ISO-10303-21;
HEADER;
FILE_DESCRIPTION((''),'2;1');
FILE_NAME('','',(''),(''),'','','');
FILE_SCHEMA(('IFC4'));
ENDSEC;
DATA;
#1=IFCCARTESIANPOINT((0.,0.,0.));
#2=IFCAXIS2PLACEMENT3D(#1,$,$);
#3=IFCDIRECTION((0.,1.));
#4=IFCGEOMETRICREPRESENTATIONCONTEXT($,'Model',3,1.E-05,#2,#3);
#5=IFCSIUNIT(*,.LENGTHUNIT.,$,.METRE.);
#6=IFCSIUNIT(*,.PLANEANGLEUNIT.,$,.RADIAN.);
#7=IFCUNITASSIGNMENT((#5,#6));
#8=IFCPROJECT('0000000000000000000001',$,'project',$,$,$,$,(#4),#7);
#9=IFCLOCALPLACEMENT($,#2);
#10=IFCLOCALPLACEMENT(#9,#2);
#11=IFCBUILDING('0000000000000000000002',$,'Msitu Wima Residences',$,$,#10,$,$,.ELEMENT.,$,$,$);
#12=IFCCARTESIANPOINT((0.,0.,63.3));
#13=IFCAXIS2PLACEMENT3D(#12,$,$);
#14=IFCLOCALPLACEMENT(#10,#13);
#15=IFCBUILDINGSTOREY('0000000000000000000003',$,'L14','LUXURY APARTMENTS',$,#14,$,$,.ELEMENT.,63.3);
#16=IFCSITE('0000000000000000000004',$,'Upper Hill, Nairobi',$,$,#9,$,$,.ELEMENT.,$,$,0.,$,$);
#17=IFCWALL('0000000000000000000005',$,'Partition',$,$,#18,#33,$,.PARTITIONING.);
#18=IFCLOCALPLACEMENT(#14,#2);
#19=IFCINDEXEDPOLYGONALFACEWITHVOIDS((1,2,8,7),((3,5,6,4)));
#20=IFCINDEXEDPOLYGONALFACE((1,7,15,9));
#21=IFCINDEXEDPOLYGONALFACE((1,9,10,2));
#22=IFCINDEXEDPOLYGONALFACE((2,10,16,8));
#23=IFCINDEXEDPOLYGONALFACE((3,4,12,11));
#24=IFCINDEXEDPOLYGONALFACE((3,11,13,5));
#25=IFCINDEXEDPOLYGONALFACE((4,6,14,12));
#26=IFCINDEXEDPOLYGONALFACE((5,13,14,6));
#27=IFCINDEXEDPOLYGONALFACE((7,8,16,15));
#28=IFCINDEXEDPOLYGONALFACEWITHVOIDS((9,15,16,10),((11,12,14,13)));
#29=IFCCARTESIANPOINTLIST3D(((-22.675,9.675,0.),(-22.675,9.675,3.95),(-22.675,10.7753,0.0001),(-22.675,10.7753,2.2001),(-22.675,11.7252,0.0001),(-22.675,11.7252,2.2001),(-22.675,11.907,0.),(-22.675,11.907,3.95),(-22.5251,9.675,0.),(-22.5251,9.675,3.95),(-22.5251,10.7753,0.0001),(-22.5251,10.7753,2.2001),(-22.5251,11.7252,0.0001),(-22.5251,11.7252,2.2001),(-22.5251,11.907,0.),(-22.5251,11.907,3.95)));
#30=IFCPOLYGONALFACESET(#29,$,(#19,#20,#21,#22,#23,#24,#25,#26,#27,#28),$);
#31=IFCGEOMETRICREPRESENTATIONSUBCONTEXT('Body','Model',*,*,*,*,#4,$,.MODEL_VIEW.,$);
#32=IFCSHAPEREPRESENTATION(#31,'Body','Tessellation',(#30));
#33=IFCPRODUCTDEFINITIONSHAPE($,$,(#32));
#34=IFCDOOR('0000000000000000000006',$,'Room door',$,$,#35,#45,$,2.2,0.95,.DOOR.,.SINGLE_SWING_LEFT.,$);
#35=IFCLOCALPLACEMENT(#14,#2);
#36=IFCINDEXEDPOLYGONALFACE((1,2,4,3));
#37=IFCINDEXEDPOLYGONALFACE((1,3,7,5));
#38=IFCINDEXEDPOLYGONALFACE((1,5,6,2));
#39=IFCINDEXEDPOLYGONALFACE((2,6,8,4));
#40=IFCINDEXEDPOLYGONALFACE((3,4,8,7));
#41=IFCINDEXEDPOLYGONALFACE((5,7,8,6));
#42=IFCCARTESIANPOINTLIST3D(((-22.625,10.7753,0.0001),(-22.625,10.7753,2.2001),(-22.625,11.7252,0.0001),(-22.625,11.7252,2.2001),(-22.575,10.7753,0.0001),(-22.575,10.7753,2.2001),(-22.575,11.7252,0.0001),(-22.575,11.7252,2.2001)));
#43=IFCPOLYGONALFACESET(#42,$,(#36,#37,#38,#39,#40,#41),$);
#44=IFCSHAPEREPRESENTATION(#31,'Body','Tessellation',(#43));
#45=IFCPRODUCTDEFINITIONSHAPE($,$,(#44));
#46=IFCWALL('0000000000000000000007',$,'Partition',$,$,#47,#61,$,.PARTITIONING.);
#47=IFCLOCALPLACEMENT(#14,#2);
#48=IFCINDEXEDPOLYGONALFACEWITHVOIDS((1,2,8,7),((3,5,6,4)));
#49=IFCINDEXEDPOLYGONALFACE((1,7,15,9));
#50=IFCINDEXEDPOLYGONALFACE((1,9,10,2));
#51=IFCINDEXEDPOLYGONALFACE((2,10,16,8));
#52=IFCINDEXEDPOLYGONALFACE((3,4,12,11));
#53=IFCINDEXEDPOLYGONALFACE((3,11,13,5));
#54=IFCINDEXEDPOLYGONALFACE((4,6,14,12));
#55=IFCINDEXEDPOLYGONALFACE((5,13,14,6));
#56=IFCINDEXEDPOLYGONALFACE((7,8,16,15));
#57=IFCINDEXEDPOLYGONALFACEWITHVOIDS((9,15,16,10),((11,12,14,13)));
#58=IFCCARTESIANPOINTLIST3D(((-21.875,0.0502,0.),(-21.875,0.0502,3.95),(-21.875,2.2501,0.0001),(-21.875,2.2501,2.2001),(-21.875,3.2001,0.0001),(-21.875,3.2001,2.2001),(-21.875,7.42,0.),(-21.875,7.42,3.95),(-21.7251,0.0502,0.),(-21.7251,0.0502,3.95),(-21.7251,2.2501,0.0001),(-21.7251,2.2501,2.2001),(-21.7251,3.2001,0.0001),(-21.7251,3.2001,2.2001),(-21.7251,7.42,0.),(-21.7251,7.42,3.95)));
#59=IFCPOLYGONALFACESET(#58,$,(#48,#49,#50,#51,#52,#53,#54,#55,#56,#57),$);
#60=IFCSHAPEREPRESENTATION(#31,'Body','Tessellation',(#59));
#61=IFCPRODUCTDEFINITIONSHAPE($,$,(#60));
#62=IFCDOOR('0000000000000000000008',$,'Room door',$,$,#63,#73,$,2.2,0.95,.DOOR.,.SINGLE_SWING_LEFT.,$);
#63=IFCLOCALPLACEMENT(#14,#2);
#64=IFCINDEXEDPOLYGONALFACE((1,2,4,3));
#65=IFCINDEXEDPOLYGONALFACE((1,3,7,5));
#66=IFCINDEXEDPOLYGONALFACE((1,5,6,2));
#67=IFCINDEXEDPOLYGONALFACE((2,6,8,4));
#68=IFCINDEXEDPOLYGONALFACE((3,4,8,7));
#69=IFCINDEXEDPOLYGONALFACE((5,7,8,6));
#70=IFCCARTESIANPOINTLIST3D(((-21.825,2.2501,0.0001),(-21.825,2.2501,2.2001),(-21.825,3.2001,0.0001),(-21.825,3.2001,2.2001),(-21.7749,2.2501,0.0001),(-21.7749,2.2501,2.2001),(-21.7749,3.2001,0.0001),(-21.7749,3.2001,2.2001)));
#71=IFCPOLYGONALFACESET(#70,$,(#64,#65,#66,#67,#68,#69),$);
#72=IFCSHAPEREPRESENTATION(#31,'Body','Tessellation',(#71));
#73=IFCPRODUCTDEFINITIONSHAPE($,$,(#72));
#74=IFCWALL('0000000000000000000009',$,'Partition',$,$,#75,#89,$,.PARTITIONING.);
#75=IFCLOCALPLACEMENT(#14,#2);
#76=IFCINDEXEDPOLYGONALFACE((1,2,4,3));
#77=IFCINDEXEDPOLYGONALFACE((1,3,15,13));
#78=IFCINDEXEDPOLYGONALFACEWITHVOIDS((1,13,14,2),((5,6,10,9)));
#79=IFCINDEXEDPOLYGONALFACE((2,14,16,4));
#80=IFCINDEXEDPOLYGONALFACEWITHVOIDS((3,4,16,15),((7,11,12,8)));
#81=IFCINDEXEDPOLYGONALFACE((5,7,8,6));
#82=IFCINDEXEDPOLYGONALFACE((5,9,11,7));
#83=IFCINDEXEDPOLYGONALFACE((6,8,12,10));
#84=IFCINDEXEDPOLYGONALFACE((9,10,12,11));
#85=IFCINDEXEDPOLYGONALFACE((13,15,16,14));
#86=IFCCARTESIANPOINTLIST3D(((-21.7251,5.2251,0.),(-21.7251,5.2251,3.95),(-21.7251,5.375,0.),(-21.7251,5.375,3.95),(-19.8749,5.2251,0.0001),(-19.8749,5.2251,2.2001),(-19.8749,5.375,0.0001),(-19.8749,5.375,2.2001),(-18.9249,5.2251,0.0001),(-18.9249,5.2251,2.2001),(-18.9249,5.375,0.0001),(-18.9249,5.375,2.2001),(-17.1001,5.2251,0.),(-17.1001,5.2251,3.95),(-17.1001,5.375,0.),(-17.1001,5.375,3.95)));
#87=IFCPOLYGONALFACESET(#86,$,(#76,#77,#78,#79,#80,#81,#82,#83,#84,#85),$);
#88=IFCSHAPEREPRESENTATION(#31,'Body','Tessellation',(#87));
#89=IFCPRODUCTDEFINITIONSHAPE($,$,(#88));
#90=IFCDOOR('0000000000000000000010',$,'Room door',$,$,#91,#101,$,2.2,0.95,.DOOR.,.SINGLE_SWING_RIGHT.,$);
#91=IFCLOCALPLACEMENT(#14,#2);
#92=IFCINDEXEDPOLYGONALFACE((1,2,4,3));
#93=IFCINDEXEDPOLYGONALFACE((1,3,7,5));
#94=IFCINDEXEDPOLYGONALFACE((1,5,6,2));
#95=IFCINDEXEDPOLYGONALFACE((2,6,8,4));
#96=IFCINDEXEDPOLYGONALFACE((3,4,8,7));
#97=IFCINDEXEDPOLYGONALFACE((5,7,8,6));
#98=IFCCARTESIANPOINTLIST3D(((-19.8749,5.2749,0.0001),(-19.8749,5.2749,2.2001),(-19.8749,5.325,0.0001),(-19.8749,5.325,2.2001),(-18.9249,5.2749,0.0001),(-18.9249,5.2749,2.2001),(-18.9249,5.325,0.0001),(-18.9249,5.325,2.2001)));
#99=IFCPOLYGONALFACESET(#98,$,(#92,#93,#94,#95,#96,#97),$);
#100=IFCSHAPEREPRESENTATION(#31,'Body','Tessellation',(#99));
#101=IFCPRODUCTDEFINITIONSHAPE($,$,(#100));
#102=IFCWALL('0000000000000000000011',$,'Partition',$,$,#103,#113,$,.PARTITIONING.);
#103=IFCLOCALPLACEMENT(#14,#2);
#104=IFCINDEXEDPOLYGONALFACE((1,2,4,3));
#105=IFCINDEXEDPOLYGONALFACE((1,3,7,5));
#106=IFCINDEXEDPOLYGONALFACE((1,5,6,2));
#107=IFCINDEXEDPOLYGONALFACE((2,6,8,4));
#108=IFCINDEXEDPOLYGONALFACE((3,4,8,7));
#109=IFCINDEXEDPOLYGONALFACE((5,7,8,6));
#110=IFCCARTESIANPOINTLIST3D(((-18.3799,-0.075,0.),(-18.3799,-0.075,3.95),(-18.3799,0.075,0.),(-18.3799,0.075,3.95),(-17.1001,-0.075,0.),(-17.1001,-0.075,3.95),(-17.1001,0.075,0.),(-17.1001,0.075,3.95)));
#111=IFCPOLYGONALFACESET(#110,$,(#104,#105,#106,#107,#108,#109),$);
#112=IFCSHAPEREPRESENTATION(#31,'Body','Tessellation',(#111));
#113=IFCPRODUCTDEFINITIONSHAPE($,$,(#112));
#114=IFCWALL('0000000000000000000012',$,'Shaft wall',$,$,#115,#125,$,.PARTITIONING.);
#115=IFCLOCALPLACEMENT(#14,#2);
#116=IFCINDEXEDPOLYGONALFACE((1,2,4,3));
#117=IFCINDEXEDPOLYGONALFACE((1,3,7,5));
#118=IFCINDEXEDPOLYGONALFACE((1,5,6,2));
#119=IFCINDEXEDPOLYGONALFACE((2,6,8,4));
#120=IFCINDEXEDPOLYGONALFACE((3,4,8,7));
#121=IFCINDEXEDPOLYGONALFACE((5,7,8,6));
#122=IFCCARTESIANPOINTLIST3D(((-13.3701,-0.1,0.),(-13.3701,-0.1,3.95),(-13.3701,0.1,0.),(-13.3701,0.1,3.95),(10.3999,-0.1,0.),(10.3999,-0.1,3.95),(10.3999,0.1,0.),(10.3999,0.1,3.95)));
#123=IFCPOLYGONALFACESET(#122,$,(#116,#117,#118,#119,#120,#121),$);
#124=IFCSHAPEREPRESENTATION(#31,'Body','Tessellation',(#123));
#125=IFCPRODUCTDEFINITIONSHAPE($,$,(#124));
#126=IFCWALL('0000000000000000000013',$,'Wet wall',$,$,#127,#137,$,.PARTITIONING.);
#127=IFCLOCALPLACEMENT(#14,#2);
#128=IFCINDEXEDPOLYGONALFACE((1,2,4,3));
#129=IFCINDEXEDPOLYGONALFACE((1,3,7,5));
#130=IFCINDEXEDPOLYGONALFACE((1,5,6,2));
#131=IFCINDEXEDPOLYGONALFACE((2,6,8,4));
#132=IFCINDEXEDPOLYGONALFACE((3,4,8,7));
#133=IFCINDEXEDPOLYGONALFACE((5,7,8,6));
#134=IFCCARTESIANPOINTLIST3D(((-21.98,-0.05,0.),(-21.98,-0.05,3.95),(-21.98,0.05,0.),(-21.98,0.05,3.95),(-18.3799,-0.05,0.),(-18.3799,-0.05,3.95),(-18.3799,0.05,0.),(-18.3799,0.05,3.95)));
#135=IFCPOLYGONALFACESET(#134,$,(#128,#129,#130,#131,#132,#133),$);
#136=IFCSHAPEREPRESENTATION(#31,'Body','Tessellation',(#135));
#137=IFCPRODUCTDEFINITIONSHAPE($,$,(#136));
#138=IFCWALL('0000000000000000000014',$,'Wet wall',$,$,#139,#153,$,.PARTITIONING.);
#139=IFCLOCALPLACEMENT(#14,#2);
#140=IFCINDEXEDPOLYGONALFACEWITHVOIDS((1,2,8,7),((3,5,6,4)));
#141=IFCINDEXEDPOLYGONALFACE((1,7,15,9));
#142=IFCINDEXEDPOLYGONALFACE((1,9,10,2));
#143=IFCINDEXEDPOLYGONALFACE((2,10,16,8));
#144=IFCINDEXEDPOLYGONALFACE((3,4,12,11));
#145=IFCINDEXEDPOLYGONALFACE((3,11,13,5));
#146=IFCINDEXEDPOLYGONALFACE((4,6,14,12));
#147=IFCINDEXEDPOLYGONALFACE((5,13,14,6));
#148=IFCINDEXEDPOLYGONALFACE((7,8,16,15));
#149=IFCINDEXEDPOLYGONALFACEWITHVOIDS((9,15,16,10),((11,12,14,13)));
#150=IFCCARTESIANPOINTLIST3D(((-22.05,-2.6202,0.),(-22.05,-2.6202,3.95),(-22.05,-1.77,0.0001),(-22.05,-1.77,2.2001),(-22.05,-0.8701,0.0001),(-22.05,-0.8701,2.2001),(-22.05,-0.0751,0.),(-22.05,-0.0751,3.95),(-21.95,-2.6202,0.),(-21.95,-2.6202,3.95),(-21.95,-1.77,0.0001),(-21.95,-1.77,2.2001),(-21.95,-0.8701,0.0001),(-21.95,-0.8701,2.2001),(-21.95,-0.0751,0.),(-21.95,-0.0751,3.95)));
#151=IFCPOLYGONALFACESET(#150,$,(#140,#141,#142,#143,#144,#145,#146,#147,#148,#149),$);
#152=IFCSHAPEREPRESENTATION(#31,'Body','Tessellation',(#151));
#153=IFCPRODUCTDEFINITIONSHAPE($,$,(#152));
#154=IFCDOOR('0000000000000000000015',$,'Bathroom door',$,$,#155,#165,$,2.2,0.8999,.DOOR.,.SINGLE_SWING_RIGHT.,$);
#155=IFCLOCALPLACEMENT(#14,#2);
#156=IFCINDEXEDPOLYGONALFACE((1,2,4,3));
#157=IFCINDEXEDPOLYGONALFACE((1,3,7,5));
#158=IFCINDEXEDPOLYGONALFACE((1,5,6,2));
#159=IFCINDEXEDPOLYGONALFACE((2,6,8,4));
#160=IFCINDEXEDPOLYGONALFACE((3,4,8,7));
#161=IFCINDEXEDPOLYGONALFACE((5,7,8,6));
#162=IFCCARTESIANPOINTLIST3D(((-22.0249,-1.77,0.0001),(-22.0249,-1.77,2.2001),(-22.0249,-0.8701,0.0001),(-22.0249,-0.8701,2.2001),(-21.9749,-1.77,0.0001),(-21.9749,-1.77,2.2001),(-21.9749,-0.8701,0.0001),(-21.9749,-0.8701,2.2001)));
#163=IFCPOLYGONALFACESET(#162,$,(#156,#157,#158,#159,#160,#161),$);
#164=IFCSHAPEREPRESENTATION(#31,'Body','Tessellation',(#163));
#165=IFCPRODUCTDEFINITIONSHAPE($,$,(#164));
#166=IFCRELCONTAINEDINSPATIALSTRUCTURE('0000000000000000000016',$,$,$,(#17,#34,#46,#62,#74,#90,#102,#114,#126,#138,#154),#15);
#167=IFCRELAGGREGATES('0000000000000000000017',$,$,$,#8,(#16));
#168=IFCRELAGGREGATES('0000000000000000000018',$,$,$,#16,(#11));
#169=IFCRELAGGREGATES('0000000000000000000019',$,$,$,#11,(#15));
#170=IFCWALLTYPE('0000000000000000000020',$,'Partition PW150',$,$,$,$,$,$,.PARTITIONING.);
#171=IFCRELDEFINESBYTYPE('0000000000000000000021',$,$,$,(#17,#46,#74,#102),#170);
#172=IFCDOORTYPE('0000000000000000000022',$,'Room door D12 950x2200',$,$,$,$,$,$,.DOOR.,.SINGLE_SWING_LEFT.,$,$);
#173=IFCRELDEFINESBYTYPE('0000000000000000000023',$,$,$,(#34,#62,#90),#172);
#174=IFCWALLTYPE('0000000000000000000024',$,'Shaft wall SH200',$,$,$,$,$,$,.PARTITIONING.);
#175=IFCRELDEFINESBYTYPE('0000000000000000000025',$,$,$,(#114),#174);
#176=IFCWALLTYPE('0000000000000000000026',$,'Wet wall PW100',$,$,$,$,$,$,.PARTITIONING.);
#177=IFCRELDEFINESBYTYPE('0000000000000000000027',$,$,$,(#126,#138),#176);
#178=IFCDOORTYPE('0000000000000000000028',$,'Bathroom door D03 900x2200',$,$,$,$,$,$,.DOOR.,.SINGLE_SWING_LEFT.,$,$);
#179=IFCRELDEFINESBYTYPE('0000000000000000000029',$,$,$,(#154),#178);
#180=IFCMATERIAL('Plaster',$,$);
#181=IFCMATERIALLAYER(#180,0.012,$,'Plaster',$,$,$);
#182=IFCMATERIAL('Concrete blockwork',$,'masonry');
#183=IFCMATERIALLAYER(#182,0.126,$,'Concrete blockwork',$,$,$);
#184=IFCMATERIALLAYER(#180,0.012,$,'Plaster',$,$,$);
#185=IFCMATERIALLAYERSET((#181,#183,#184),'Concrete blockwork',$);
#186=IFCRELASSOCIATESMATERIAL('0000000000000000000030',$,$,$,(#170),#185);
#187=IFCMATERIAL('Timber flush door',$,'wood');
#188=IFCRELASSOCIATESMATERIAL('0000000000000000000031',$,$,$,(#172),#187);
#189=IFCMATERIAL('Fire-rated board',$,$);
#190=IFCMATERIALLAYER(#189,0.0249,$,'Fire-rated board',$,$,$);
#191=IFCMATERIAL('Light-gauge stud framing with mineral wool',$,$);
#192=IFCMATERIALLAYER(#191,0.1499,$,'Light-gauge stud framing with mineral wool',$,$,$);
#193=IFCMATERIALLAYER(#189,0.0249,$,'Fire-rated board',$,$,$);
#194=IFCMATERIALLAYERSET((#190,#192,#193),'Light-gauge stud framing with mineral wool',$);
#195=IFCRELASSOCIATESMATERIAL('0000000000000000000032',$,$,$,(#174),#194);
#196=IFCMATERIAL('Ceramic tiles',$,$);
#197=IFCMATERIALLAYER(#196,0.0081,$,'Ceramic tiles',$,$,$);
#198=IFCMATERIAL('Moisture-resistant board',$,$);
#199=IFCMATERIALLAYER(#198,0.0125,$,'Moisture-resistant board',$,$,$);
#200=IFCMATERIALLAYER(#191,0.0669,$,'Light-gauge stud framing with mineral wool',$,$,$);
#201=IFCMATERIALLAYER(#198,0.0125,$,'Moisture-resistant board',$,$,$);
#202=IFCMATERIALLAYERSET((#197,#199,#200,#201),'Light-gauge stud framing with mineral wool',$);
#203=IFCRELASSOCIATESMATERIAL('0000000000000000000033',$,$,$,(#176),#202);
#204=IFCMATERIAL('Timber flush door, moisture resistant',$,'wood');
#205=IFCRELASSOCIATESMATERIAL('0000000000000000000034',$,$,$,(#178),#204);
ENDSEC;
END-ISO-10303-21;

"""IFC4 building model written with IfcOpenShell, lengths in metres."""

from ifc_helpers import new_model, si_unit, direction, frame, frame_2d, origin, place, context, subcontext, project, spatial, rectangle, extrude, material, layer, layer_set, type_object, element, fill, save


model = new_model("IFC4")

# Units and contexts
model_context = context("Model", 3, precision=1e-05, world=origin(), true_north=direction((0.0, 1.0)))
body_context = subcontext(model_context, "Body", "Model", "MODEL_VIEW")
ifc_project = project(units=[si_unit("LENGTHUNIT", "METRE"), si_unit("PLANEANGLEUNIT", "RADIAN")], contexts=[model_context])

# Site, building, storey
site_placement = place(None, origin())
site = spatial("IfcSite", under=ifc_project, at=site_placement, Name="Upper Hill, Nairobi", CompositionType="ELEMENT", RefElevation=0.0)
building_placement = place(site_placement, origin())
building = spatial("IfcBuilding", under=site, at=building_placement, Name="Msitu Wima Residences", CompositionType="ELEMENT")
storey_placement = place(building_placement, frame((0.0, 0.0, 63.3)))
storey = spatial("IfcBuildingStorey", under=building, at=storey_placement, Name="L14", Description="LUXURY APARTMENTS", CompositionType="ELEMENT", Elevation=63.3)

# Shared definitions
ifc_material_1 = material(Name="Plaster")
ifc_layer_1 = layer(ifc_material_1, 0.012, Name="Plaster")
ifc_material_2 = material(Name="Concrete blockwork", Category="masonry")
ifc_layer_2 = layer(ifc_material_2, 0.126, Name="Concrete blockwork")
ifc_layer_3 = layer(ifc_material_1, 0.012, Name="Plaster")
ifc_layer_set_1 = layer_set([ifc_layer_1, ifc_layer_2, ifc_layer_3], Name="Concrete blockwork")
wall_type_1 = type_object("IfcWallType", Name="Partition PW150", PredefinedType="PARTITIONING", material=ifc_layer_set_1)
ifc_material_3 = material(Name="Timber flush door", Category="wood")
door_type_1 = type_object("IfcDoorType", Name="Room door D12 950x2200", OperationType="SINGLE_SWING_LEFT", PredefinedType="DOOR", material=ifc_material_3)

# Walls, openings, doors
wall_1_placement = place(storey_placement, frame((-22.6001, 9.675, 0.0), z_axis=(0.0, 0.0, 1.0), x_axis=(0.0, 1.0, 0.0)))
wall_1 = element("IfcWall", 1, at=wall_1_placement, inside=storey, type_object=wall_type_1, Name="Partition", PredefinedType="PARTITIONING", context=body_context, shape_type="SweptSolid", body=[
    extrude(rectangle(XDim=2.2319, YDim=0.1499, at=frame_2d((1.116, 0.0))), origin(), (0.0, 0.0, 1.0), 3.95),
])
opening_1_placement = place(wall_1_placement, frame((1.1001, 0.0, 0.0)))
opening_1 = element("IfcOpeningElement", 2, at=opening_1_placement, cuts=wall_1, PredefinedType="OPENING", context=body_context, shape_type="SweptSolid", body=[
    extrude(rectangle(XDim=0.95, YDim=2.2, at=frame_2d((0.4751, 1.1001))), frame((0.0, 0.085, 0.0), z_axis=(0.0, -1.0, 0.0), x_axis=(1.0, 0.0, 0.0)), (0.0, 0.0, 1.0), 0.1699),
])
door_1_placement = place(opening_1_placement, origin())
door_1 = element("IfcDoor", 3, at=door_1_placement, inside=storey, type_object=door_type_1, Name="Room door", OperationType="SINGLE_SWING_LEFT", OverallHeight=2.2, OverallWidth=0.95, PredefinedType="DOOR", context=body_context, shape_type="SweptSolid", body=[
    extrude(rectangle(XDim=0.95, YDim=2.2, at=frame_2d((0.4751, 1.1001))), frame((0.0, 0.0249, 0.0), z_axis=(0.0, -1.0, 0.0), x_axis=(1.0, 0.0, 0.0)), (0.0, 0.0, 1.0), 0.05),
])
fill(opening_1, door_1)
wall_2_placement = place(storey_placement, frame((-21.8, 0.05, 0.0), z_axis=(0.0, 0.0, 1.0), x_axis=(0.0, 1.0, 0.0)))
wall_2 = element("IfcWall", 4, at=wall_2_placement, inside=storey, type_object=wall_type_1, Name="Partition", PredefinedType="PARTITIONING", context=body_context, shape_type="SweptSolid", body=[
    extrude(rectangle(XDim=7.3699, YDim=0.1499, at=frame_2d((3.6851, 0.0))), origin(), (0.0, 0.0, 1.0), 3.95),
])
opening_2_placement = place(wall_2_placement, frame((2.2, 0.0, 0.0)))
opening_2 = element("IfcOpeningElement", 5, at=opening_2_placement, cuts=wall_2, PredefinedType="OPENING", context=body_context, shape_type="SweptSolid", body=[
    extrude(rectangle(XDim=0.95, YDim=2.2, at=frame_2d((0.4751, 1.1001))), frame((0.0, 0.085, 0.0), z_axis=(0.0, -1.0, 0.0), x_axis=(1.0, 0.0, 0.0)), (0.0, 0.0, 1.0), 0.1699),
])
door_2_placement = place(opening_2_placement, origin())
door_2 = element("IfcDoor", 6, at=door_2_placement, inside=storey, type_object=door_type_1, Name="Room door", OperationType="SINGLE_SWING_LEFT", OverallHeight=2.2, OverallWidth=0.95, PredefinedType="DOOR", context=body_context, shape_type="SweptSolid", body=[
    extrude(rectangle(XDim=0.95, YDim=2.2, at=frame_2d((0.4751, 1.1001))), frame((0.0, 0.0249, 0.0), z_axis=(0.0, -1.0, 0.0), x_axis=(1.0, 0.0, 0.0)), (0.0, 0.0, 1.0), 0.05),
])
fill(opening_2, door_2)
wall_3_placement = place(storey_placement, frame((-21.7251, 5.3, 0.0), z_axis=(0.0, 0.0, 1.0), x_axis=(1.0, 0.0, 0.0)))
wall_3 = element("IfcWall", 7, at=wall_3_placement, inside=storey, type_object=wall_type_1, Name="Partition", PredefinedType="PARTITIONING", context=body_context, shape_type="SweptSolid", body=[
    extrude(rectangle(XDim=4.625, YDim=0.1499, at=frame_2d((2.3125, 0.0))), origin(), (0.0, 0.0, 1.0), 3.95),
])
opening_3_placement = place(wall_3_placement, frame((1.8501, 0.0, 0.0)))
opening_3 = element("IfcOpeningElement", 8, at=opening_3_placement, cuts=wall_3, PredefinedType="OPENING", context=body_context, shape_type="SweptSolid", body=[
    extrude(rectangle(XDim=0.95, YDim=2.2, at=frame_2d((0.4751, 1.1001))), frame((0.0, 0.085, 0.0), z_axis=(0.0, -1.0, 0.0), x_axis=(1.0, 0.0, 0.0)), (0.0, 0.0, 1.0), 0.1699),
])
door_3_placement = place(opening_3_placement, origin())
door_3 = element("IfcDoor", 9, at=door_3_placement, inside=storey, type_object=door_type_1, Name="Room door", OperationType="SINGLE_SWING_RIGHT", OverallHeight=2.2, OverallWidth=0.95, PredefinedType="DOOR", context=body_context, shape_type="SweptSolid", body=[
    extrude(rectangle(XDim=0.95, YDim=2.2, at=frame_2d((0.4751, 1.1001))), frame((0.0, 0.0249, 0.0), z_axis=(0.0, -1.0, 0.0), x_axis=(1.0, 0.0, 0.0)), (0.0, 0.0, 1.0), 0.05),
])
fill(opening_3, door_3)

# Walls
wall_4_placement = place(storey_placement, frame((-18.3799, 0.0, 0.0), z_axis=(0.0, 0.0, 1.0), x_axis=(1.0, 0.0, 0.0)))
element("IfcWall", 10, at=wall_4_placement, inside=storey, type_object=wall_type_1, Name="Partition", PredefinedType="PARTITIONING", context=body_context, shape_type="SweptSolid", body=[
    extrude(rectangle(XDim=1.2798, YDim=0.1499, at=frame_2d((0.6399, 0.0))), origin(), (0.0, 0.0, 1.0), 3.95),
])
ifc_material_4 = material(Name="Fire-rated board")
ifc_layer_4 = layer(ifc_material_4, 0.0249, Name="Fire-rated board")
ifc_material_5 = material(Name="Light-gauge stud framing with mineral wool")
ifc_layer_5 = layer(ifc_material_5, 0.1499, Name="Light-gauge stud framing with mineral wool")
ifc_layer_6 = layer(ifc_material_4, 0.0249, Name="Fire-rated board")
ifc_layer_set_2 = layer_set([ifc_layer_4, ifc_layer_5, ifc_layer_6], Name="Light-gauge stud framing with mineral wool")
wall_type_2 = type_object("IfcWallType", Name="Shaft wall SH200", PredefinedType="PARTITIONING", material=ifc_layer_set_2)
wall_5_placement = place(storey_placement, frame((-13.3701, 0.0, 0.0), z_axis=(0.0, 0.0, 1.0), x_axis=(1.0, 0.0, 0.0)))
element("IfcWall", 11, at=wall_5_placement, inside=storey, type_object=wall_type_2, Name="Shaft wall", PredefinedType="PARTITIONING", context=body_context, shape_type="SweptSolid", body=[
    extrude(rectangle(XDim=23.77, YDim=0.2, at=frame_2d((11.885, 0.0))), origin(), (0.0, 0.0, 1.0), 3.95),
])
ifc_material_6 = material(Name="Ceramic tiles")
ifc_layer_7 = layer(ifc_material_6, 0.0081, Name="Ceramic tiles")
ifc_material_7 = material(Name="Moisture-resistant board")
ifc_layer_8 = layer(ifc_material_7, 0.0125, Name="Moisture-resistant board")
ifc_layer_9 = layer(ifc_material_5, 0.0669, Name="Light-gauge stud framing with mineral wool")
ifc_layer_10 = layer(ifc_material_7, 0.0125, Name="Moisture-resistant board")
ifc_layer_set_3 = layer_set([ifc_layer_7, ifc_layer_8, ifc_layer_9, ifc_layer_10], Name="Light-gauge stud framing with mineral wool")
wall_type_3 = type_object("IfcWallType", Name="Wet wall PW100", PredefinedType="PARTITIONING", material=ifc_layer_set_3)
wall_6_placement = place(storey_placement, frame((-21.98, 0.0, 0.0), z_axis=(0.0, 0.0, 1.0), x_axis=(1.0, 0.0, 0.0)))
element("IfcWall", 12, at=wall_6_placement, inside=storey, type_object=wall_type_3, Name="Wet wall", PredefinedType="PARTITIONING", context=body_context, shape_type="SweptSolid", body=[
    extrude(rectangle(XDim=3.6001, YDim=0.1001, at=frame_2d((1.8, 0.0))), origin(), (0.0, 0.0, 1.0), 3.95),
])

# Wall, opening, door
wall_7_placement = place(storey_placement, frame((-22.0, -2.6201, 0.0), z_axis=(0.0, 0.0, 1.0), x_axis=(0.0, 1.0, 0.0)))
wall_7 = element("IfcWall", 13, at=wall_7_placement, inside=storey, type_object=wall_type_3, Name="Wet wall", PredefinedType="PARTITIONING", context=body_context, shape_type="SweptSolid", body=[
    extrude(rectangle(XDim=2.5452, YDim=0.1001, at=frame_2d((1.2725, 0.0))), origin(), (0.0, 0.0, 1.0), 3.95),
])
opening_4_placement = place(wall_7_placement, frame((0.8501, 0.0, 0.0)))
opening_4 = element("IfcOpeningElement", 14, at=opening_4_placement, cuts=wall_7, PredefinedType="OPENING", context=body_context, shape_type="SweptSolid", body=[
    extrude(rectangle(XDim=0.8999, YDim=2.2, at=frame_2d((0.45, 1.1001))), frame((0.0, 0.0601, 0.0), z_axis=(0.0, -1.0, 0.0), x_axis=(1.0, 0.0, 0.0)), (0.0, 0.0, 1.0), 0.1201),
])
ifc_material_8 = material(Name="Timber flush door, moisture resistant", Category="wood")
door_type_2 = type_object("IfcDoorType", Name="Bathroom door D03 900x2200", OperationType="SINGLE_SWING_LEFT", PredefinedType="DOOR", material=ifc_material_8)
door_4_placement = place(opening_4_placement, origin())
door_4 = element("IfcDoor", 15, at=door_4_placement, inside=storey, type_object=door_type_2, Name="Bathroom door", OperationType="SINGLE_SWING_RIGHT", OverallHeight=2.2, OverallWidth=0.8999, PredefinedType="DOOR", context=body_context, shape_type="SweptSolid", body=[
    extrude(rectangle(XDim=0.8999, YDim=2.2, at=frame_2d((0.45, 1.1001))), frame((0.0, 0.0249, 0.0), z_axis=(0.0, -1.0, 0.0), x_axis=(1.0, 0.0, 0.0)), (0.0, 0.0, 1.0), 0.05),
])
fill(opening_4, door_4)

save(model, "model.ifc")
